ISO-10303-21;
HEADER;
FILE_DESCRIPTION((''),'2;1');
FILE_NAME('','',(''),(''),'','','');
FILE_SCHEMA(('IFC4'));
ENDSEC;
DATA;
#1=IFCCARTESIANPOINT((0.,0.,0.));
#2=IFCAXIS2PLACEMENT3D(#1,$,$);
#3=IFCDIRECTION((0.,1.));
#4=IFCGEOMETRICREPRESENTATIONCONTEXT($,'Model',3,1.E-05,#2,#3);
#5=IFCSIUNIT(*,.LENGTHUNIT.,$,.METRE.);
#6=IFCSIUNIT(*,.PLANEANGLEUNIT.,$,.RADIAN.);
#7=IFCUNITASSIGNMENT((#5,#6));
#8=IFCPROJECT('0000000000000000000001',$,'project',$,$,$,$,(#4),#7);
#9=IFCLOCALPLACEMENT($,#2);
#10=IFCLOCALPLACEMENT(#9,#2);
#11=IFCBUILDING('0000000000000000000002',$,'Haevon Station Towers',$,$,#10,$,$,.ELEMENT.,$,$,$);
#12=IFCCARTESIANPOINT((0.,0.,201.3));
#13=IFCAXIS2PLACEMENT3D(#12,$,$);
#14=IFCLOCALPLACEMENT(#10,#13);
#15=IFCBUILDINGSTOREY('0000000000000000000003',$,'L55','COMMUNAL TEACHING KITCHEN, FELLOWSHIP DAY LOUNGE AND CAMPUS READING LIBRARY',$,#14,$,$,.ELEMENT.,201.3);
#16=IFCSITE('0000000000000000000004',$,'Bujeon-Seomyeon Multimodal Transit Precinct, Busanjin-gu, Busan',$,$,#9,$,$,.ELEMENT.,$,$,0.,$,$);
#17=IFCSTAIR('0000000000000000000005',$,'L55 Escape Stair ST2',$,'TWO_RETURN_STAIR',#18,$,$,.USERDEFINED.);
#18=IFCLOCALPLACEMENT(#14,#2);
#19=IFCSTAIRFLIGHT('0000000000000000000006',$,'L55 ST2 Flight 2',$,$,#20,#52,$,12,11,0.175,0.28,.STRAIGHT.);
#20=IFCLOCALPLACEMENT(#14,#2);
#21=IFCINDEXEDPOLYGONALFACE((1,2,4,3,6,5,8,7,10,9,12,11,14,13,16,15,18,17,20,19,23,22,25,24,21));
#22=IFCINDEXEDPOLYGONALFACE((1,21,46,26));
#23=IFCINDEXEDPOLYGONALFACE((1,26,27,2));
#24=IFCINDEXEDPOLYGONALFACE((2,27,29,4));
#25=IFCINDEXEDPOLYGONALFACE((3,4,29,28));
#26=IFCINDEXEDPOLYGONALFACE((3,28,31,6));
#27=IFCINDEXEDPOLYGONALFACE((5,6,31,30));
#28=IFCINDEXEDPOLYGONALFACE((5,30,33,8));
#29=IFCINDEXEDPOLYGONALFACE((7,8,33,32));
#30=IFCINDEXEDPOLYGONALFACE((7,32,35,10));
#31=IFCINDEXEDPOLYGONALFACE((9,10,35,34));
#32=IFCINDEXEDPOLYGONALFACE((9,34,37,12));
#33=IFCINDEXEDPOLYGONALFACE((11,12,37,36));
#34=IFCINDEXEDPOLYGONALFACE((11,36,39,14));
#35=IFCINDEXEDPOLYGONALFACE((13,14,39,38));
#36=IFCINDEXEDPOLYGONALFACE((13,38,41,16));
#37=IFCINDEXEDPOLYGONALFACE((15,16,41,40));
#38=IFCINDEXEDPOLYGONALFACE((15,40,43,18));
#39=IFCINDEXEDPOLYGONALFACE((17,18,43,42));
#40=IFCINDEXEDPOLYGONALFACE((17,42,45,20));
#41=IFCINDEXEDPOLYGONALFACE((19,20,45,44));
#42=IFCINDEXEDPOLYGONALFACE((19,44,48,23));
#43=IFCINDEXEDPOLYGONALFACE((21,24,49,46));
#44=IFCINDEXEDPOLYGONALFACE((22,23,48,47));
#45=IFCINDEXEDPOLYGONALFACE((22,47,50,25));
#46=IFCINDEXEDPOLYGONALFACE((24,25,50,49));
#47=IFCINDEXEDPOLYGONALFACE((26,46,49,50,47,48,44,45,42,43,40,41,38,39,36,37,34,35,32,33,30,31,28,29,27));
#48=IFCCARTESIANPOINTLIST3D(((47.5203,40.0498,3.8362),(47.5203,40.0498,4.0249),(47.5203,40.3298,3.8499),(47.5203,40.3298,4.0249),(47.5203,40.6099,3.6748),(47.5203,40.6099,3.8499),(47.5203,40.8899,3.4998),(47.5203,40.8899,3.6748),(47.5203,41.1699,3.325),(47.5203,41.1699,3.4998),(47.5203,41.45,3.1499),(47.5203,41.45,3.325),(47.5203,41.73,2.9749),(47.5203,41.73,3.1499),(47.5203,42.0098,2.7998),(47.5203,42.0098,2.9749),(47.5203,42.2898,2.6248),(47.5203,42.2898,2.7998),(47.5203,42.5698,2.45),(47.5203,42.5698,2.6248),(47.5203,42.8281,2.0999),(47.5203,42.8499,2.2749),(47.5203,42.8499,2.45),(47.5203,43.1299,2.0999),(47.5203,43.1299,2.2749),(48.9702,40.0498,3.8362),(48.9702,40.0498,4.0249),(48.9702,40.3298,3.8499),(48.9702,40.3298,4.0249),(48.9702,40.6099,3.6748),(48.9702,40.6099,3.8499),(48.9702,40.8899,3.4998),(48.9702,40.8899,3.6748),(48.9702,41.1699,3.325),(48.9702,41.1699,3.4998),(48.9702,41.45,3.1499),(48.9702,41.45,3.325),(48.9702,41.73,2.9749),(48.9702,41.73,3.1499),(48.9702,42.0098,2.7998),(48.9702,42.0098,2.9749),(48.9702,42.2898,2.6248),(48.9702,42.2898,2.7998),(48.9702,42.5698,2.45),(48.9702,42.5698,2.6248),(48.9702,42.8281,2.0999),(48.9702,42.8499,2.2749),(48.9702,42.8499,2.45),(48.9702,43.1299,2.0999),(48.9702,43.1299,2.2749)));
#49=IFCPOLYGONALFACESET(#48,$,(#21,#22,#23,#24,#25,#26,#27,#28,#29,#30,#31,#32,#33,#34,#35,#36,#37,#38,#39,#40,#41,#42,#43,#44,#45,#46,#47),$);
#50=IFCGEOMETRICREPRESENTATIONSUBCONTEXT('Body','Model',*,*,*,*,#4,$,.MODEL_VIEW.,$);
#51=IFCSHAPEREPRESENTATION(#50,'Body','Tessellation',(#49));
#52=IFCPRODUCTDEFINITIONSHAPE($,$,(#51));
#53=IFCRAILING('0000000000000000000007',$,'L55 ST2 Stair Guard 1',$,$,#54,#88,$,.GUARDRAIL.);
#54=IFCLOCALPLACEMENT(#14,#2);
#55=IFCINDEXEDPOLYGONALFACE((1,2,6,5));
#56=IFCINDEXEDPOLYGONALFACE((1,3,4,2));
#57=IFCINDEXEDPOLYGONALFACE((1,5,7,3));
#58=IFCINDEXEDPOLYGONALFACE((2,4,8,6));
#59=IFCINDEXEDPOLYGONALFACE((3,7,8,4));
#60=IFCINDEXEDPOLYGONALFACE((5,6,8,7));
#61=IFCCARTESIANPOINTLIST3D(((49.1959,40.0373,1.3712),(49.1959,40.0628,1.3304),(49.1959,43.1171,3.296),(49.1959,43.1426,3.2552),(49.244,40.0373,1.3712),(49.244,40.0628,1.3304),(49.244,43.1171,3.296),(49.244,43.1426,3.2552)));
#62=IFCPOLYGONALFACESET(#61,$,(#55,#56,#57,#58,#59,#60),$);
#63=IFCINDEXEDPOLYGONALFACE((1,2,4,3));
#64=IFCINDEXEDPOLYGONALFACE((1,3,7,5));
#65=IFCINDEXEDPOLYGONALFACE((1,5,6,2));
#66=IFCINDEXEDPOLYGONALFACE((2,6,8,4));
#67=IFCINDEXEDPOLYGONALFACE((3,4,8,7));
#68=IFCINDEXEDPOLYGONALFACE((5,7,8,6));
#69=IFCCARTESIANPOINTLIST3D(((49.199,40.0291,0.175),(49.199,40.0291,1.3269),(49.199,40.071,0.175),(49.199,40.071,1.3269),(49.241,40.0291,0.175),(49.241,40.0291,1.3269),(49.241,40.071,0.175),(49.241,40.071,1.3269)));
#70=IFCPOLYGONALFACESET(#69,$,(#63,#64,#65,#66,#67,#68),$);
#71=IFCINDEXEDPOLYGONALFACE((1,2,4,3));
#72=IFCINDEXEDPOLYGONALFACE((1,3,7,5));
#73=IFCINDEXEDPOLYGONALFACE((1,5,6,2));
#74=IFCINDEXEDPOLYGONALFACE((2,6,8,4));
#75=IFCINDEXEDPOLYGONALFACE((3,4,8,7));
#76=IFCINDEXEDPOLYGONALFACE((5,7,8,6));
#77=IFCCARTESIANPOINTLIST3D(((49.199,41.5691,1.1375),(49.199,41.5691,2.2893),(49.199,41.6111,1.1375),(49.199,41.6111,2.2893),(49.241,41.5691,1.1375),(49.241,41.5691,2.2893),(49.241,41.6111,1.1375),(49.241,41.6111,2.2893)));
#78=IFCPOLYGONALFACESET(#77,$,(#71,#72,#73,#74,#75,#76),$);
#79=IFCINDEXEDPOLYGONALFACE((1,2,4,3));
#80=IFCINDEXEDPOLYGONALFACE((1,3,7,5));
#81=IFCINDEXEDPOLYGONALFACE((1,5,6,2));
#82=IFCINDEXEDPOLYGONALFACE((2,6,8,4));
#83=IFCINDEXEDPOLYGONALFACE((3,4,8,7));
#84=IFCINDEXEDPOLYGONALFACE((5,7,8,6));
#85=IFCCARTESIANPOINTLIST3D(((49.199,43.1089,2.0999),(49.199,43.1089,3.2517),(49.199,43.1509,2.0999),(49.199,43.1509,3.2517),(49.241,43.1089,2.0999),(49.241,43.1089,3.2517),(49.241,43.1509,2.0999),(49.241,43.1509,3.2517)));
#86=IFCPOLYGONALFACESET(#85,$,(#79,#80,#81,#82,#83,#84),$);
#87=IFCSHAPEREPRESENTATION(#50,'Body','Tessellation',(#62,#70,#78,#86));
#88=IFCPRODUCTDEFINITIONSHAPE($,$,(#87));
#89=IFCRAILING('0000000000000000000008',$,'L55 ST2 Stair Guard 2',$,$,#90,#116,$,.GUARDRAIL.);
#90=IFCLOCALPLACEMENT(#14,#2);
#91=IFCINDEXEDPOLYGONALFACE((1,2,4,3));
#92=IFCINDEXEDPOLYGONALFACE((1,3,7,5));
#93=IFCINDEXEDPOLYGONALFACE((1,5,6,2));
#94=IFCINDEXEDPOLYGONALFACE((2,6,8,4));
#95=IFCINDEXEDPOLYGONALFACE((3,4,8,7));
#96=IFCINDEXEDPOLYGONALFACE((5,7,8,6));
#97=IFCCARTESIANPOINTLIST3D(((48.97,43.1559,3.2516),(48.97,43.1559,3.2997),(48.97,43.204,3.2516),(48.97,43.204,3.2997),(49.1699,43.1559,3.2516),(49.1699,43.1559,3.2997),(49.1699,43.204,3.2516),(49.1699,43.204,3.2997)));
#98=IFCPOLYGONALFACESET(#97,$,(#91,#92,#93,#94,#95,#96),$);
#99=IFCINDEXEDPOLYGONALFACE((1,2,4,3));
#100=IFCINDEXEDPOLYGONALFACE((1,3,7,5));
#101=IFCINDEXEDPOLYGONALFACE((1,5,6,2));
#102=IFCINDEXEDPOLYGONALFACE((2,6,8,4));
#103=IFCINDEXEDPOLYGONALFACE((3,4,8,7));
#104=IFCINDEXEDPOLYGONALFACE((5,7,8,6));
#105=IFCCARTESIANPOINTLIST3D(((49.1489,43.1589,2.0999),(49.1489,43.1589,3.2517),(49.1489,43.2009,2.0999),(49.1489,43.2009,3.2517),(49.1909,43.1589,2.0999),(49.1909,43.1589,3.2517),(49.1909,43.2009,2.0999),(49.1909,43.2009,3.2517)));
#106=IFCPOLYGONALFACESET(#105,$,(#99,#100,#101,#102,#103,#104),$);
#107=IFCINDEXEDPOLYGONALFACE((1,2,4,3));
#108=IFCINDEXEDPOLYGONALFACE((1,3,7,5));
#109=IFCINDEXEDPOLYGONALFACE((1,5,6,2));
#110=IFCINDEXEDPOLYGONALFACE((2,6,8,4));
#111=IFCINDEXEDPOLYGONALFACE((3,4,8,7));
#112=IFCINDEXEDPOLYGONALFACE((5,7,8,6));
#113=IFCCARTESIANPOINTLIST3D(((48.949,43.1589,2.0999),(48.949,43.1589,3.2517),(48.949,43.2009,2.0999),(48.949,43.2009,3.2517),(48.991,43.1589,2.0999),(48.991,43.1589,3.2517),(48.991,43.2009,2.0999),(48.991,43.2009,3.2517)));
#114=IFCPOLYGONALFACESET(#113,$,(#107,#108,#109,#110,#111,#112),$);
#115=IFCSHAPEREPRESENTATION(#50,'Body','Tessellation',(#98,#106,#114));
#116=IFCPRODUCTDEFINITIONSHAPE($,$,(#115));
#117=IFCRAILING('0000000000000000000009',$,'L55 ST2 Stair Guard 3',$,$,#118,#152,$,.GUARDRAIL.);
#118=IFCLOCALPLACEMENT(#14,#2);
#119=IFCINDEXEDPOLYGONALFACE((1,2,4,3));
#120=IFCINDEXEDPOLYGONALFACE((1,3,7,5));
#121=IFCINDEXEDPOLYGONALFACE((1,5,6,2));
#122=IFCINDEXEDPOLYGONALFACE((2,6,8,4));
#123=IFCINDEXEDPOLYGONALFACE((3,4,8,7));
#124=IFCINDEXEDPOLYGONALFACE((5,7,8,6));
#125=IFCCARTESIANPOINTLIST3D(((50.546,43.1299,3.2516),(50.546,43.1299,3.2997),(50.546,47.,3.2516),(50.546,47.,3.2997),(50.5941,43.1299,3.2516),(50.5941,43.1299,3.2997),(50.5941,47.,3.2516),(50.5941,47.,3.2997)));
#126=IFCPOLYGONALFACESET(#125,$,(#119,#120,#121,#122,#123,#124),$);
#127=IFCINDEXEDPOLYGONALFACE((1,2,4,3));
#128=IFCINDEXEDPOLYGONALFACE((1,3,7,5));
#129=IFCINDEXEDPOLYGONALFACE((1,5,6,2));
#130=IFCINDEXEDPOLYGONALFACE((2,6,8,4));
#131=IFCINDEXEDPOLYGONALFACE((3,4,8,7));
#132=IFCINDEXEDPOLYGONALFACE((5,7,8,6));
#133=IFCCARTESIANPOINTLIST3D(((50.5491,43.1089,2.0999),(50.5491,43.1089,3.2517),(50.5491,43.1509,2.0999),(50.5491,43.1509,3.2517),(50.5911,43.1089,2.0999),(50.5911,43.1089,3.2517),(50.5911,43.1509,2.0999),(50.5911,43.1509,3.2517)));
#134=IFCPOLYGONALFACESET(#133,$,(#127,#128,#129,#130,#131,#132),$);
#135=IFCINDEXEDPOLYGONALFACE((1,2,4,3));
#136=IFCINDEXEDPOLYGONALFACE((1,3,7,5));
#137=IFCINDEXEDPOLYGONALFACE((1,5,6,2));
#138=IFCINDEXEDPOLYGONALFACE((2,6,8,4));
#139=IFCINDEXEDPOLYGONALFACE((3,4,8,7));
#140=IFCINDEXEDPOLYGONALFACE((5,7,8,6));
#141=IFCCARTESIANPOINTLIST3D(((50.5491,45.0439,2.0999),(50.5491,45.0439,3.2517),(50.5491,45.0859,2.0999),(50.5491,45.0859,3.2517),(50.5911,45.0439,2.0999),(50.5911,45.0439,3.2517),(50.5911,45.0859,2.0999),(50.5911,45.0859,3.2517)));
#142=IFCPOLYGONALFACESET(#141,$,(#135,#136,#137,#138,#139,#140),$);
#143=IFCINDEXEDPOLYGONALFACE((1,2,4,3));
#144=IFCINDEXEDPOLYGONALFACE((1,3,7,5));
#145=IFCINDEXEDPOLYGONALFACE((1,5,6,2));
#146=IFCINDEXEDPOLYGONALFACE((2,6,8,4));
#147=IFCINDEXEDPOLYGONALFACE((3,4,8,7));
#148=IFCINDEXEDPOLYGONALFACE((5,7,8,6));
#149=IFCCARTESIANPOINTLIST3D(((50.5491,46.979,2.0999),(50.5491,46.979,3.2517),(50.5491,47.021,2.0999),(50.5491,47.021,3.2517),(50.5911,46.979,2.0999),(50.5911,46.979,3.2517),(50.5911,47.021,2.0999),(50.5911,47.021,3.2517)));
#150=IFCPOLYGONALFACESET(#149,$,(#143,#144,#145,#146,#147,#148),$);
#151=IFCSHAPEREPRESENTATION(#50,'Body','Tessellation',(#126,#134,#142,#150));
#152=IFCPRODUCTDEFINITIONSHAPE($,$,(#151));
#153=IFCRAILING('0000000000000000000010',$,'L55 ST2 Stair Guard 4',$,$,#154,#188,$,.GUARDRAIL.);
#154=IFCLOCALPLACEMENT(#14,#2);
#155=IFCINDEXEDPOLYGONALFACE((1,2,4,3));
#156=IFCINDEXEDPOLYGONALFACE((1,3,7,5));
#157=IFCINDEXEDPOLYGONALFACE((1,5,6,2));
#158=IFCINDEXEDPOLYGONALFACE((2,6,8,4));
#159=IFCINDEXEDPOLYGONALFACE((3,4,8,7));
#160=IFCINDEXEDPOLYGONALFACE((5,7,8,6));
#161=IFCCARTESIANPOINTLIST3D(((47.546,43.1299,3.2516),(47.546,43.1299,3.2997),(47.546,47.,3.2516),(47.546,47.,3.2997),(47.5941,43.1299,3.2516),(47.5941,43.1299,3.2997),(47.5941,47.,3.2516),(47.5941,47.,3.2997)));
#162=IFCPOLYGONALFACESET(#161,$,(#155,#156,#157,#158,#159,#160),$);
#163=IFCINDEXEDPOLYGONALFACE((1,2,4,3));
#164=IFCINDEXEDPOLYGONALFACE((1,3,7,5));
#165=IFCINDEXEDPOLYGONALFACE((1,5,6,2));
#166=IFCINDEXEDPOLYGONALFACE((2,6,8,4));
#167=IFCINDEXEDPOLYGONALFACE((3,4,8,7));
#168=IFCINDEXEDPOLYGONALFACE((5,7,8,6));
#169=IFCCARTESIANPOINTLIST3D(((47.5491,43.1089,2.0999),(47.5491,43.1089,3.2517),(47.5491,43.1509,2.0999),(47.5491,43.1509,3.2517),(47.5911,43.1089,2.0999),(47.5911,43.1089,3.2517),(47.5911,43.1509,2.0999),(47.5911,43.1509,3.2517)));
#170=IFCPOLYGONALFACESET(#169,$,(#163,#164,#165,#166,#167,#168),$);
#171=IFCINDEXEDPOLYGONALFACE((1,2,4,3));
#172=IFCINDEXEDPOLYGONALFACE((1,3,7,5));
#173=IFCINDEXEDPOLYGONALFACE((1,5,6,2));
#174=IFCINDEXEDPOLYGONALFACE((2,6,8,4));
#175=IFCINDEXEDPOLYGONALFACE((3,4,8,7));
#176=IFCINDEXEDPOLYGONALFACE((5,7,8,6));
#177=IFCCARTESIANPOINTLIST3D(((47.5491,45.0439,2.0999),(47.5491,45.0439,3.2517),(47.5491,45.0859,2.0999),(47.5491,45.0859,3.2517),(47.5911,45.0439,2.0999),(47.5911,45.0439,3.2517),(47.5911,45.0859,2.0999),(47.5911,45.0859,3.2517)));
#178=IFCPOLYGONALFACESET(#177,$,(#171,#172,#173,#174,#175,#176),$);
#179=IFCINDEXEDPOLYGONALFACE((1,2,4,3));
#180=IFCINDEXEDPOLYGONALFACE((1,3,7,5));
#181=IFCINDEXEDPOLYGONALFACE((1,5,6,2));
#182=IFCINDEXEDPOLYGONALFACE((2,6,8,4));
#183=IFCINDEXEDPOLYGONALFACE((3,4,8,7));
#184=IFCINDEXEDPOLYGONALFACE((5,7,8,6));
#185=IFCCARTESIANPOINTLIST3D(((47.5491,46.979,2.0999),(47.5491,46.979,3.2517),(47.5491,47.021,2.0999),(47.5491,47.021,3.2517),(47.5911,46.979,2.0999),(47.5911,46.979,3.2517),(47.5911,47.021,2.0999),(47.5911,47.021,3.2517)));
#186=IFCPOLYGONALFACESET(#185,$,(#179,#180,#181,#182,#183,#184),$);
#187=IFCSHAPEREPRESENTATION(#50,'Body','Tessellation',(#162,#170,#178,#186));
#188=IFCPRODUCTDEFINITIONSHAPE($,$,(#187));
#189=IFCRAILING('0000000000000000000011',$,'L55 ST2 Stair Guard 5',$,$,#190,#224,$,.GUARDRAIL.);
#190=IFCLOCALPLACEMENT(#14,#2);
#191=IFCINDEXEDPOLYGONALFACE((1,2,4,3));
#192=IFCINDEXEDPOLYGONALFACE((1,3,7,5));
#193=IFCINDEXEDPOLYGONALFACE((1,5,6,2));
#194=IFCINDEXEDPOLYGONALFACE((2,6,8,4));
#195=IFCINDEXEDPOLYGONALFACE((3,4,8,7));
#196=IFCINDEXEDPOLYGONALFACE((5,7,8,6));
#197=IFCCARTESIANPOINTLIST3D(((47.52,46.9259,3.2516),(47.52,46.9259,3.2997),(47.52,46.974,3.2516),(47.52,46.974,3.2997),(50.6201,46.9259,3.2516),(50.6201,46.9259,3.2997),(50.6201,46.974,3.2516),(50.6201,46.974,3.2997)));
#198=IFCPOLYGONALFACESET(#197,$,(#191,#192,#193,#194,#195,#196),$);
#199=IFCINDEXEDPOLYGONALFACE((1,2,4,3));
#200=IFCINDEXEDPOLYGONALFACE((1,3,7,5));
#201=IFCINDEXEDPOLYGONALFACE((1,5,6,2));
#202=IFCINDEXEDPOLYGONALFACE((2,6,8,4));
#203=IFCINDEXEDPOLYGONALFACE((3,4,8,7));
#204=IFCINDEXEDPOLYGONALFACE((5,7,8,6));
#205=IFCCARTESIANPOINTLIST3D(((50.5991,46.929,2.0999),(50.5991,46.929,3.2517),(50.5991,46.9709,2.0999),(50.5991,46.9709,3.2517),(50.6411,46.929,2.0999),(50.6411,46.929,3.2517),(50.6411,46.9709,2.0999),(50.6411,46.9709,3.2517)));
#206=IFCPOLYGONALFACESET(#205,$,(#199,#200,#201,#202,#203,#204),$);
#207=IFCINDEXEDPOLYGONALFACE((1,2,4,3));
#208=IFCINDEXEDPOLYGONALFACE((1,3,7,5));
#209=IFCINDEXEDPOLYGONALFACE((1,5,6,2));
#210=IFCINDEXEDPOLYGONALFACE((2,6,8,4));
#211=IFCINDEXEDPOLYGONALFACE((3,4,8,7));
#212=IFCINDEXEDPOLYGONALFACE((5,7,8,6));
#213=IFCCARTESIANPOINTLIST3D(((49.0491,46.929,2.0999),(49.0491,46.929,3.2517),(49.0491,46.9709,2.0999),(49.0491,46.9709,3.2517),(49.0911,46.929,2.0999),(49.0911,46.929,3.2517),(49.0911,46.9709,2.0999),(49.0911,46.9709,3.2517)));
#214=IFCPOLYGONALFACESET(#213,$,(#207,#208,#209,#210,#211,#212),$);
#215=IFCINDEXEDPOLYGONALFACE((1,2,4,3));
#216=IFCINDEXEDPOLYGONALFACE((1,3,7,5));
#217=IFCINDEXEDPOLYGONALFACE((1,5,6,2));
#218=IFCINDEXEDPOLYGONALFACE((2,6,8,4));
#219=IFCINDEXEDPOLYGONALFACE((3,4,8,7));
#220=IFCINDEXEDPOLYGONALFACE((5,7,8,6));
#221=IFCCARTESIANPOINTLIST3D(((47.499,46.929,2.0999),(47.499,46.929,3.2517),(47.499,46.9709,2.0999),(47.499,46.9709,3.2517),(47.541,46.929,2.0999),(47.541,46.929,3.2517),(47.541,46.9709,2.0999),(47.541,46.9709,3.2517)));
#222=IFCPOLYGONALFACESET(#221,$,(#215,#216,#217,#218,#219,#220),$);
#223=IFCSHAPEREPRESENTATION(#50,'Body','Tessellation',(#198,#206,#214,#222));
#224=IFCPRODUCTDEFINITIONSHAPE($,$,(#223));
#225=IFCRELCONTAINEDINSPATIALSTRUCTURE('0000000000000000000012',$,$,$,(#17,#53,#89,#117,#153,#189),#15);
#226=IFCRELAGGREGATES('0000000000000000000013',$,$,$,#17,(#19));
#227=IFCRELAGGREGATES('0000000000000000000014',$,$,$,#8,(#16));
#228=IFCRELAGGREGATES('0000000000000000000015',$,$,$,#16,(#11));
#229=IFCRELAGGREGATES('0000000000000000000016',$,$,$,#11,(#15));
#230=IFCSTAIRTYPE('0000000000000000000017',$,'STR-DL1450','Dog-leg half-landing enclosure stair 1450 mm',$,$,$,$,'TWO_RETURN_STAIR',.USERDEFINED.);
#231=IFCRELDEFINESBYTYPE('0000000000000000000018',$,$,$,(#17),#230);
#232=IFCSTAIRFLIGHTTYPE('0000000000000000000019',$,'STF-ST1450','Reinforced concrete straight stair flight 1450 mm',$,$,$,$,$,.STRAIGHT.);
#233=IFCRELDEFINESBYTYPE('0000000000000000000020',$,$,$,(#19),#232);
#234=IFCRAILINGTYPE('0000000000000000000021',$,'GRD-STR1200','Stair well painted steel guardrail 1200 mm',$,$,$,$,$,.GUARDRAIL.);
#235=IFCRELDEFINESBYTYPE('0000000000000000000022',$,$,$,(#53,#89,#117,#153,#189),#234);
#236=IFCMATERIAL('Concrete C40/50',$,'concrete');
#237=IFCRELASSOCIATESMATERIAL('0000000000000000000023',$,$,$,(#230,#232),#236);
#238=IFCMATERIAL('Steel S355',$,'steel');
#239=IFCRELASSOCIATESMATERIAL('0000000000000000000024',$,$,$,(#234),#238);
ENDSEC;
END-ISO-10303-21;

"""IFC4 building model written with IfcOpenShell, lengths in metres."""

from ifc_helpers import new_model, si_unit, direction, frame, origin, origin_2d, place, context, subcontext, project, spatial, polyline, rectangle, outline, extrude, material, type_object, element, aggregate, save


model = new_model("IFC4")

# Units and contexts
model_context = context("Model", 3, precision=1e-05, world=origin(), true_north=direction((0.0, 1.0)))
body_context = subcontext(model_context, "Body", "Model", "MODEL_VIEW")
ifc_project = project(units=[si_unit("LENGTHUNIT", "METRE"), si_unit("PLANEANGLEUNIT", "RADIAN")], contexts=[model_context])

# Site, building, storey
site_placement = place(None, origin())
site = spatial("IfcSite", under=ifc_project, at=site_placement, Name="Bujeon-Seomyeon Multimodal Transit Precinct, Busanjin-gu, Busan", CompositionType="ELEMENT", RefElevation=0.0)
building_placement = place(site_placement, origin())
building = spatial("IfcBuilding", under=site, at=building_placement, Name="Haevon Station Towers", CompositionType="ELEMENT")
storey_placement = place(building_placement, frame((0.0, 0.0, 201.3)))
storey = spatial("IfcBuildingStorey", under=building, at=storey_placement, Name="L55", Description="COMMUNAL TEACHING KITCHEN, FELLOWSHIP DAY LOUNGE AND CAMPUS READING LIBRARY", CompositionType="ELEMENT", Elevation=201.3)

# Shared definitions
ifc_material_1 = material(Name="Steel S355", Category="steel")

# Shared definitions
ifc_material_2 = material(Name="Concrete C40/50", Category="concrete")

# Stair, stair flight
stair_type = type_object("IfcStairType", Name="STR-DL1450", Description="Dog-leg half-landing enclosure stair 1450 mm", ElementType="TWO_RETURN_STAIR", PredefinedType="USERDEFINED", material=ifc_material_2)
stair_placement = place(storey_placement, origin())
stair = element("IfcStair", 1, at=stair_placement, inside=storey, type_object=stair_type, Name="L55 Escape Stair ST2", ObjectType="TWO_RETURN_STAIR", PredefinedType="USERDEFINED")
stair_flight_type = type_object("IfcStairFlightType", Name="STF-ST1450", Description="Reinforced concrete straight stair flight 1450 mm", PredefinedType="STRAIGHT", material=ifc_material_2)
stair_flight_1_placement = place(storey_placement, frame((48.2451, 43.1299, 2.0999), z_axis=(0.0, 0.0, 1.0), x_axis=(0.0, -1.0, 0.0)))
stair_flight_1 = element("IfcStairFlight", 2, at=stair_flight_1_placement, type_object=stair_flight_type, Name="L55 ST2 Flight 2", NumberOfRisers=12, NumberOfTreads=11, PredefinedType="STRAIGHT", RiserHeight=0.175, TreadLength=0.28, context=body_context, shape_type="SweptSolid", body=[
    extrude(outline(polyline([(0.0, 0.0), (0.0, 0.175), (0.28, 0.175), (0.28, 0.3501), (0.5601, 0.3501), (0.5601, 0.5249), (0.8401, 0.5249), (0.8401, 0.7), (1.1201, 0.7), (1.1201, 0.875), (1.3999, 0.875), (1.3999, 1.05), (1.6799, 1.05), (1.6799, 1.2251), (1.96, 1.2251), (1.96, 1.3999), (2.24, 1.3999), (2.24, 1.575), (2.52, 1.575), (2.52, 1.75), (2.8, 1.75), (2.8, 1.925), (3.0801, 1.925), (3.0801, 2.1001), (3.0801, 1.7363), (0.3018, 0.0), (0.0, 0.0)])), frame((0.0, 0.7251, 0.0), z_axis=(0.0, -1.0, 0.0), x_axis=(1.0, 0.0, 0.0)), (0.0, 0.0, 1.0), 1.45),
])
aggregate(stair, [stair_flight_1])

# Railings
railing_type_1 = type_object("IfcRailingType", Name="GRD-STR1200", Description="Stair well painted steel guardrail 1200 mm", PredefinedType="GUARDRAIL", material=ifc_material_1)
railing_1_placement = place(storey_placement, frame((49.22, 40.05, 0.175)))
element("IfcRailing", 3, at=railing_1_placement, inside=storey, type_object=railing_type_1, Name="L55 ST2 Stair Guard 1", PredefinedType="GUARDRAIL", context=body_context, shape_type="SweptSolid", body=[
    extrude(rectangle(XDim=0.0481, YDim=0.0481, at=origin_2d()), frame((0.0, 0.0, 1.1758), z_axis=(0.0, 0.84801, 0.529981), x_axis=(-1.0, 0.0, 0.0)), (0.0, 0.0, 1.0), 3.6318),
    extrude(rectangle(XDim=0.042, YDim=0.042, at=origin_2d()), origin(), (0.0, 0.0, 1.0), 1.1519),
    extrude(rectangle(XDim=0.042, YDim=0.042, at=origin_2d()), frame((0.0, 1.54, 0.9624)), (0.0, 0.0, 1.0), 1.1519),
    extrude(rectangle(XDim=0.042, YDim=0.042, at=origin_2d()), frame((0.0, 3.0798, 1.9248)), (0.0, 0.0, 1.0), 1.1519),
])
railing_2_placement = place(storey_placement, frame((49.1699, 43.1799, 2.0999)))
element("IfcRailing", 4, at=railing_2_placement, inside=storey, type_object=railing_type_1, Name="L55 ST2 Stair Guard 2", PredefinedType="GUARDRAIL", context=body_context, shape_type="SweptSolid", body=[
    extrude(rectangle(XDim=0.0481, YDim=0.0481, at=origin_2d()), frame((0.0, 0.0, 1.1758), z_axis=(-1.0, 0.0, 0.0), x_axis=(0.0, -1.0, 0.0)), (0.0, 0.0, 1.0), 0.2),
    extrude(rectangle(XDim=0.042, YDim=0.042, at=origin_2d()), origin(), (0.0, 0.0, 1.0), 1.1519),
    extrude(rectangle(XDim=0.042, YDim=0.042, at=origin_2d()), frame((-0.2, 0.0, 0.0)), (0.0, 0.0, 1.0), 1.1519),
])
for number, where, name in (
    (5, (50.5701, 43.1299, 2.0999), "L55 ST2 Stair Guard 3"),
    (6, (47.5701, 43.1299, 2.0999), "L55 ST2 Stair Guard 4"),
):
    element("IfcRailing", number, at=place(storey_placement, frame(where)), inside=storey, type_object=railing_type_1, Name=name, PredefinedType="GUARDRAIL", context=body_context, shape_type="SweptSolid", body=[
        extrude(rectangle(XDim=0.0481, YDim=0.0481, at=origin_2d()), frame((0.0, 0.0, 1.1758), z_axis=(0.0, 1.0, 0.0), x_axis=(-1.0, 0.0, 0.0)), (0.0, 0.0, 1.0), 3.8701),
        extrude(rectangle(XDim=0.042, YDim=0.042, at=origin_2d()), origin(), (0.0, 0.0, 1.0), 1.1519),
        extrude(rectangle(XDim=0.042, YDim=0.042, at=origin_2d()), frame((0.0, 1.9351, 0.0)), (0.0, 0.0, 1.0), 1.1519),
        extrude(rectangle(XDim=0.042, YDim=0.042, at=origin_2d()), frame((0.0, 3.8701, 0.0)), (0.0, 0.0, 1.0), 1.1519),
    ])
railing_3_placement = place(storey_placement, frame((50.6201, 46.95, 2.0999)))
element("IfcRailing", 7, at=railing_3_placement, inside=storey, type_object=railing_type_1, Name="L55 ST2 Stair Guard 5", PredefinedType="GUARDRAIL", context=body_context, shape_type="SweptSolid", body=[
    extrude(rectangle(XDim=0.0481, YDim=0.0481, at=origin_2d()), frame((0.0, 0.0, 1.1758), z_axis=(-1.0, 0.0, 0.0), x_axis=(0.0, -1.0, 0.0)), (0.0, 0.0, 1.0), 3.1001),
    extrude(rectangle(XDim=0.042, YDim=0.042, at=origin_2d()), origin(), (0.0, 0.0, 1.0), 1.1519),
    extrude(rectangle(XDim=0.042, YDim=0.042, at=origin_2d()), frame((-1.55, 0.0, 0.0)), (0.0, 0.0, 1.0), 1.1519),
    extrude(rectangle(XDim=0.042, YDim=0.042, at=origin_2d()), frame((-3.1001, 0.0, 0.0)), (0.0, 0.0, 1.0), 1.1519),
])

save(model, "model.ifc")
